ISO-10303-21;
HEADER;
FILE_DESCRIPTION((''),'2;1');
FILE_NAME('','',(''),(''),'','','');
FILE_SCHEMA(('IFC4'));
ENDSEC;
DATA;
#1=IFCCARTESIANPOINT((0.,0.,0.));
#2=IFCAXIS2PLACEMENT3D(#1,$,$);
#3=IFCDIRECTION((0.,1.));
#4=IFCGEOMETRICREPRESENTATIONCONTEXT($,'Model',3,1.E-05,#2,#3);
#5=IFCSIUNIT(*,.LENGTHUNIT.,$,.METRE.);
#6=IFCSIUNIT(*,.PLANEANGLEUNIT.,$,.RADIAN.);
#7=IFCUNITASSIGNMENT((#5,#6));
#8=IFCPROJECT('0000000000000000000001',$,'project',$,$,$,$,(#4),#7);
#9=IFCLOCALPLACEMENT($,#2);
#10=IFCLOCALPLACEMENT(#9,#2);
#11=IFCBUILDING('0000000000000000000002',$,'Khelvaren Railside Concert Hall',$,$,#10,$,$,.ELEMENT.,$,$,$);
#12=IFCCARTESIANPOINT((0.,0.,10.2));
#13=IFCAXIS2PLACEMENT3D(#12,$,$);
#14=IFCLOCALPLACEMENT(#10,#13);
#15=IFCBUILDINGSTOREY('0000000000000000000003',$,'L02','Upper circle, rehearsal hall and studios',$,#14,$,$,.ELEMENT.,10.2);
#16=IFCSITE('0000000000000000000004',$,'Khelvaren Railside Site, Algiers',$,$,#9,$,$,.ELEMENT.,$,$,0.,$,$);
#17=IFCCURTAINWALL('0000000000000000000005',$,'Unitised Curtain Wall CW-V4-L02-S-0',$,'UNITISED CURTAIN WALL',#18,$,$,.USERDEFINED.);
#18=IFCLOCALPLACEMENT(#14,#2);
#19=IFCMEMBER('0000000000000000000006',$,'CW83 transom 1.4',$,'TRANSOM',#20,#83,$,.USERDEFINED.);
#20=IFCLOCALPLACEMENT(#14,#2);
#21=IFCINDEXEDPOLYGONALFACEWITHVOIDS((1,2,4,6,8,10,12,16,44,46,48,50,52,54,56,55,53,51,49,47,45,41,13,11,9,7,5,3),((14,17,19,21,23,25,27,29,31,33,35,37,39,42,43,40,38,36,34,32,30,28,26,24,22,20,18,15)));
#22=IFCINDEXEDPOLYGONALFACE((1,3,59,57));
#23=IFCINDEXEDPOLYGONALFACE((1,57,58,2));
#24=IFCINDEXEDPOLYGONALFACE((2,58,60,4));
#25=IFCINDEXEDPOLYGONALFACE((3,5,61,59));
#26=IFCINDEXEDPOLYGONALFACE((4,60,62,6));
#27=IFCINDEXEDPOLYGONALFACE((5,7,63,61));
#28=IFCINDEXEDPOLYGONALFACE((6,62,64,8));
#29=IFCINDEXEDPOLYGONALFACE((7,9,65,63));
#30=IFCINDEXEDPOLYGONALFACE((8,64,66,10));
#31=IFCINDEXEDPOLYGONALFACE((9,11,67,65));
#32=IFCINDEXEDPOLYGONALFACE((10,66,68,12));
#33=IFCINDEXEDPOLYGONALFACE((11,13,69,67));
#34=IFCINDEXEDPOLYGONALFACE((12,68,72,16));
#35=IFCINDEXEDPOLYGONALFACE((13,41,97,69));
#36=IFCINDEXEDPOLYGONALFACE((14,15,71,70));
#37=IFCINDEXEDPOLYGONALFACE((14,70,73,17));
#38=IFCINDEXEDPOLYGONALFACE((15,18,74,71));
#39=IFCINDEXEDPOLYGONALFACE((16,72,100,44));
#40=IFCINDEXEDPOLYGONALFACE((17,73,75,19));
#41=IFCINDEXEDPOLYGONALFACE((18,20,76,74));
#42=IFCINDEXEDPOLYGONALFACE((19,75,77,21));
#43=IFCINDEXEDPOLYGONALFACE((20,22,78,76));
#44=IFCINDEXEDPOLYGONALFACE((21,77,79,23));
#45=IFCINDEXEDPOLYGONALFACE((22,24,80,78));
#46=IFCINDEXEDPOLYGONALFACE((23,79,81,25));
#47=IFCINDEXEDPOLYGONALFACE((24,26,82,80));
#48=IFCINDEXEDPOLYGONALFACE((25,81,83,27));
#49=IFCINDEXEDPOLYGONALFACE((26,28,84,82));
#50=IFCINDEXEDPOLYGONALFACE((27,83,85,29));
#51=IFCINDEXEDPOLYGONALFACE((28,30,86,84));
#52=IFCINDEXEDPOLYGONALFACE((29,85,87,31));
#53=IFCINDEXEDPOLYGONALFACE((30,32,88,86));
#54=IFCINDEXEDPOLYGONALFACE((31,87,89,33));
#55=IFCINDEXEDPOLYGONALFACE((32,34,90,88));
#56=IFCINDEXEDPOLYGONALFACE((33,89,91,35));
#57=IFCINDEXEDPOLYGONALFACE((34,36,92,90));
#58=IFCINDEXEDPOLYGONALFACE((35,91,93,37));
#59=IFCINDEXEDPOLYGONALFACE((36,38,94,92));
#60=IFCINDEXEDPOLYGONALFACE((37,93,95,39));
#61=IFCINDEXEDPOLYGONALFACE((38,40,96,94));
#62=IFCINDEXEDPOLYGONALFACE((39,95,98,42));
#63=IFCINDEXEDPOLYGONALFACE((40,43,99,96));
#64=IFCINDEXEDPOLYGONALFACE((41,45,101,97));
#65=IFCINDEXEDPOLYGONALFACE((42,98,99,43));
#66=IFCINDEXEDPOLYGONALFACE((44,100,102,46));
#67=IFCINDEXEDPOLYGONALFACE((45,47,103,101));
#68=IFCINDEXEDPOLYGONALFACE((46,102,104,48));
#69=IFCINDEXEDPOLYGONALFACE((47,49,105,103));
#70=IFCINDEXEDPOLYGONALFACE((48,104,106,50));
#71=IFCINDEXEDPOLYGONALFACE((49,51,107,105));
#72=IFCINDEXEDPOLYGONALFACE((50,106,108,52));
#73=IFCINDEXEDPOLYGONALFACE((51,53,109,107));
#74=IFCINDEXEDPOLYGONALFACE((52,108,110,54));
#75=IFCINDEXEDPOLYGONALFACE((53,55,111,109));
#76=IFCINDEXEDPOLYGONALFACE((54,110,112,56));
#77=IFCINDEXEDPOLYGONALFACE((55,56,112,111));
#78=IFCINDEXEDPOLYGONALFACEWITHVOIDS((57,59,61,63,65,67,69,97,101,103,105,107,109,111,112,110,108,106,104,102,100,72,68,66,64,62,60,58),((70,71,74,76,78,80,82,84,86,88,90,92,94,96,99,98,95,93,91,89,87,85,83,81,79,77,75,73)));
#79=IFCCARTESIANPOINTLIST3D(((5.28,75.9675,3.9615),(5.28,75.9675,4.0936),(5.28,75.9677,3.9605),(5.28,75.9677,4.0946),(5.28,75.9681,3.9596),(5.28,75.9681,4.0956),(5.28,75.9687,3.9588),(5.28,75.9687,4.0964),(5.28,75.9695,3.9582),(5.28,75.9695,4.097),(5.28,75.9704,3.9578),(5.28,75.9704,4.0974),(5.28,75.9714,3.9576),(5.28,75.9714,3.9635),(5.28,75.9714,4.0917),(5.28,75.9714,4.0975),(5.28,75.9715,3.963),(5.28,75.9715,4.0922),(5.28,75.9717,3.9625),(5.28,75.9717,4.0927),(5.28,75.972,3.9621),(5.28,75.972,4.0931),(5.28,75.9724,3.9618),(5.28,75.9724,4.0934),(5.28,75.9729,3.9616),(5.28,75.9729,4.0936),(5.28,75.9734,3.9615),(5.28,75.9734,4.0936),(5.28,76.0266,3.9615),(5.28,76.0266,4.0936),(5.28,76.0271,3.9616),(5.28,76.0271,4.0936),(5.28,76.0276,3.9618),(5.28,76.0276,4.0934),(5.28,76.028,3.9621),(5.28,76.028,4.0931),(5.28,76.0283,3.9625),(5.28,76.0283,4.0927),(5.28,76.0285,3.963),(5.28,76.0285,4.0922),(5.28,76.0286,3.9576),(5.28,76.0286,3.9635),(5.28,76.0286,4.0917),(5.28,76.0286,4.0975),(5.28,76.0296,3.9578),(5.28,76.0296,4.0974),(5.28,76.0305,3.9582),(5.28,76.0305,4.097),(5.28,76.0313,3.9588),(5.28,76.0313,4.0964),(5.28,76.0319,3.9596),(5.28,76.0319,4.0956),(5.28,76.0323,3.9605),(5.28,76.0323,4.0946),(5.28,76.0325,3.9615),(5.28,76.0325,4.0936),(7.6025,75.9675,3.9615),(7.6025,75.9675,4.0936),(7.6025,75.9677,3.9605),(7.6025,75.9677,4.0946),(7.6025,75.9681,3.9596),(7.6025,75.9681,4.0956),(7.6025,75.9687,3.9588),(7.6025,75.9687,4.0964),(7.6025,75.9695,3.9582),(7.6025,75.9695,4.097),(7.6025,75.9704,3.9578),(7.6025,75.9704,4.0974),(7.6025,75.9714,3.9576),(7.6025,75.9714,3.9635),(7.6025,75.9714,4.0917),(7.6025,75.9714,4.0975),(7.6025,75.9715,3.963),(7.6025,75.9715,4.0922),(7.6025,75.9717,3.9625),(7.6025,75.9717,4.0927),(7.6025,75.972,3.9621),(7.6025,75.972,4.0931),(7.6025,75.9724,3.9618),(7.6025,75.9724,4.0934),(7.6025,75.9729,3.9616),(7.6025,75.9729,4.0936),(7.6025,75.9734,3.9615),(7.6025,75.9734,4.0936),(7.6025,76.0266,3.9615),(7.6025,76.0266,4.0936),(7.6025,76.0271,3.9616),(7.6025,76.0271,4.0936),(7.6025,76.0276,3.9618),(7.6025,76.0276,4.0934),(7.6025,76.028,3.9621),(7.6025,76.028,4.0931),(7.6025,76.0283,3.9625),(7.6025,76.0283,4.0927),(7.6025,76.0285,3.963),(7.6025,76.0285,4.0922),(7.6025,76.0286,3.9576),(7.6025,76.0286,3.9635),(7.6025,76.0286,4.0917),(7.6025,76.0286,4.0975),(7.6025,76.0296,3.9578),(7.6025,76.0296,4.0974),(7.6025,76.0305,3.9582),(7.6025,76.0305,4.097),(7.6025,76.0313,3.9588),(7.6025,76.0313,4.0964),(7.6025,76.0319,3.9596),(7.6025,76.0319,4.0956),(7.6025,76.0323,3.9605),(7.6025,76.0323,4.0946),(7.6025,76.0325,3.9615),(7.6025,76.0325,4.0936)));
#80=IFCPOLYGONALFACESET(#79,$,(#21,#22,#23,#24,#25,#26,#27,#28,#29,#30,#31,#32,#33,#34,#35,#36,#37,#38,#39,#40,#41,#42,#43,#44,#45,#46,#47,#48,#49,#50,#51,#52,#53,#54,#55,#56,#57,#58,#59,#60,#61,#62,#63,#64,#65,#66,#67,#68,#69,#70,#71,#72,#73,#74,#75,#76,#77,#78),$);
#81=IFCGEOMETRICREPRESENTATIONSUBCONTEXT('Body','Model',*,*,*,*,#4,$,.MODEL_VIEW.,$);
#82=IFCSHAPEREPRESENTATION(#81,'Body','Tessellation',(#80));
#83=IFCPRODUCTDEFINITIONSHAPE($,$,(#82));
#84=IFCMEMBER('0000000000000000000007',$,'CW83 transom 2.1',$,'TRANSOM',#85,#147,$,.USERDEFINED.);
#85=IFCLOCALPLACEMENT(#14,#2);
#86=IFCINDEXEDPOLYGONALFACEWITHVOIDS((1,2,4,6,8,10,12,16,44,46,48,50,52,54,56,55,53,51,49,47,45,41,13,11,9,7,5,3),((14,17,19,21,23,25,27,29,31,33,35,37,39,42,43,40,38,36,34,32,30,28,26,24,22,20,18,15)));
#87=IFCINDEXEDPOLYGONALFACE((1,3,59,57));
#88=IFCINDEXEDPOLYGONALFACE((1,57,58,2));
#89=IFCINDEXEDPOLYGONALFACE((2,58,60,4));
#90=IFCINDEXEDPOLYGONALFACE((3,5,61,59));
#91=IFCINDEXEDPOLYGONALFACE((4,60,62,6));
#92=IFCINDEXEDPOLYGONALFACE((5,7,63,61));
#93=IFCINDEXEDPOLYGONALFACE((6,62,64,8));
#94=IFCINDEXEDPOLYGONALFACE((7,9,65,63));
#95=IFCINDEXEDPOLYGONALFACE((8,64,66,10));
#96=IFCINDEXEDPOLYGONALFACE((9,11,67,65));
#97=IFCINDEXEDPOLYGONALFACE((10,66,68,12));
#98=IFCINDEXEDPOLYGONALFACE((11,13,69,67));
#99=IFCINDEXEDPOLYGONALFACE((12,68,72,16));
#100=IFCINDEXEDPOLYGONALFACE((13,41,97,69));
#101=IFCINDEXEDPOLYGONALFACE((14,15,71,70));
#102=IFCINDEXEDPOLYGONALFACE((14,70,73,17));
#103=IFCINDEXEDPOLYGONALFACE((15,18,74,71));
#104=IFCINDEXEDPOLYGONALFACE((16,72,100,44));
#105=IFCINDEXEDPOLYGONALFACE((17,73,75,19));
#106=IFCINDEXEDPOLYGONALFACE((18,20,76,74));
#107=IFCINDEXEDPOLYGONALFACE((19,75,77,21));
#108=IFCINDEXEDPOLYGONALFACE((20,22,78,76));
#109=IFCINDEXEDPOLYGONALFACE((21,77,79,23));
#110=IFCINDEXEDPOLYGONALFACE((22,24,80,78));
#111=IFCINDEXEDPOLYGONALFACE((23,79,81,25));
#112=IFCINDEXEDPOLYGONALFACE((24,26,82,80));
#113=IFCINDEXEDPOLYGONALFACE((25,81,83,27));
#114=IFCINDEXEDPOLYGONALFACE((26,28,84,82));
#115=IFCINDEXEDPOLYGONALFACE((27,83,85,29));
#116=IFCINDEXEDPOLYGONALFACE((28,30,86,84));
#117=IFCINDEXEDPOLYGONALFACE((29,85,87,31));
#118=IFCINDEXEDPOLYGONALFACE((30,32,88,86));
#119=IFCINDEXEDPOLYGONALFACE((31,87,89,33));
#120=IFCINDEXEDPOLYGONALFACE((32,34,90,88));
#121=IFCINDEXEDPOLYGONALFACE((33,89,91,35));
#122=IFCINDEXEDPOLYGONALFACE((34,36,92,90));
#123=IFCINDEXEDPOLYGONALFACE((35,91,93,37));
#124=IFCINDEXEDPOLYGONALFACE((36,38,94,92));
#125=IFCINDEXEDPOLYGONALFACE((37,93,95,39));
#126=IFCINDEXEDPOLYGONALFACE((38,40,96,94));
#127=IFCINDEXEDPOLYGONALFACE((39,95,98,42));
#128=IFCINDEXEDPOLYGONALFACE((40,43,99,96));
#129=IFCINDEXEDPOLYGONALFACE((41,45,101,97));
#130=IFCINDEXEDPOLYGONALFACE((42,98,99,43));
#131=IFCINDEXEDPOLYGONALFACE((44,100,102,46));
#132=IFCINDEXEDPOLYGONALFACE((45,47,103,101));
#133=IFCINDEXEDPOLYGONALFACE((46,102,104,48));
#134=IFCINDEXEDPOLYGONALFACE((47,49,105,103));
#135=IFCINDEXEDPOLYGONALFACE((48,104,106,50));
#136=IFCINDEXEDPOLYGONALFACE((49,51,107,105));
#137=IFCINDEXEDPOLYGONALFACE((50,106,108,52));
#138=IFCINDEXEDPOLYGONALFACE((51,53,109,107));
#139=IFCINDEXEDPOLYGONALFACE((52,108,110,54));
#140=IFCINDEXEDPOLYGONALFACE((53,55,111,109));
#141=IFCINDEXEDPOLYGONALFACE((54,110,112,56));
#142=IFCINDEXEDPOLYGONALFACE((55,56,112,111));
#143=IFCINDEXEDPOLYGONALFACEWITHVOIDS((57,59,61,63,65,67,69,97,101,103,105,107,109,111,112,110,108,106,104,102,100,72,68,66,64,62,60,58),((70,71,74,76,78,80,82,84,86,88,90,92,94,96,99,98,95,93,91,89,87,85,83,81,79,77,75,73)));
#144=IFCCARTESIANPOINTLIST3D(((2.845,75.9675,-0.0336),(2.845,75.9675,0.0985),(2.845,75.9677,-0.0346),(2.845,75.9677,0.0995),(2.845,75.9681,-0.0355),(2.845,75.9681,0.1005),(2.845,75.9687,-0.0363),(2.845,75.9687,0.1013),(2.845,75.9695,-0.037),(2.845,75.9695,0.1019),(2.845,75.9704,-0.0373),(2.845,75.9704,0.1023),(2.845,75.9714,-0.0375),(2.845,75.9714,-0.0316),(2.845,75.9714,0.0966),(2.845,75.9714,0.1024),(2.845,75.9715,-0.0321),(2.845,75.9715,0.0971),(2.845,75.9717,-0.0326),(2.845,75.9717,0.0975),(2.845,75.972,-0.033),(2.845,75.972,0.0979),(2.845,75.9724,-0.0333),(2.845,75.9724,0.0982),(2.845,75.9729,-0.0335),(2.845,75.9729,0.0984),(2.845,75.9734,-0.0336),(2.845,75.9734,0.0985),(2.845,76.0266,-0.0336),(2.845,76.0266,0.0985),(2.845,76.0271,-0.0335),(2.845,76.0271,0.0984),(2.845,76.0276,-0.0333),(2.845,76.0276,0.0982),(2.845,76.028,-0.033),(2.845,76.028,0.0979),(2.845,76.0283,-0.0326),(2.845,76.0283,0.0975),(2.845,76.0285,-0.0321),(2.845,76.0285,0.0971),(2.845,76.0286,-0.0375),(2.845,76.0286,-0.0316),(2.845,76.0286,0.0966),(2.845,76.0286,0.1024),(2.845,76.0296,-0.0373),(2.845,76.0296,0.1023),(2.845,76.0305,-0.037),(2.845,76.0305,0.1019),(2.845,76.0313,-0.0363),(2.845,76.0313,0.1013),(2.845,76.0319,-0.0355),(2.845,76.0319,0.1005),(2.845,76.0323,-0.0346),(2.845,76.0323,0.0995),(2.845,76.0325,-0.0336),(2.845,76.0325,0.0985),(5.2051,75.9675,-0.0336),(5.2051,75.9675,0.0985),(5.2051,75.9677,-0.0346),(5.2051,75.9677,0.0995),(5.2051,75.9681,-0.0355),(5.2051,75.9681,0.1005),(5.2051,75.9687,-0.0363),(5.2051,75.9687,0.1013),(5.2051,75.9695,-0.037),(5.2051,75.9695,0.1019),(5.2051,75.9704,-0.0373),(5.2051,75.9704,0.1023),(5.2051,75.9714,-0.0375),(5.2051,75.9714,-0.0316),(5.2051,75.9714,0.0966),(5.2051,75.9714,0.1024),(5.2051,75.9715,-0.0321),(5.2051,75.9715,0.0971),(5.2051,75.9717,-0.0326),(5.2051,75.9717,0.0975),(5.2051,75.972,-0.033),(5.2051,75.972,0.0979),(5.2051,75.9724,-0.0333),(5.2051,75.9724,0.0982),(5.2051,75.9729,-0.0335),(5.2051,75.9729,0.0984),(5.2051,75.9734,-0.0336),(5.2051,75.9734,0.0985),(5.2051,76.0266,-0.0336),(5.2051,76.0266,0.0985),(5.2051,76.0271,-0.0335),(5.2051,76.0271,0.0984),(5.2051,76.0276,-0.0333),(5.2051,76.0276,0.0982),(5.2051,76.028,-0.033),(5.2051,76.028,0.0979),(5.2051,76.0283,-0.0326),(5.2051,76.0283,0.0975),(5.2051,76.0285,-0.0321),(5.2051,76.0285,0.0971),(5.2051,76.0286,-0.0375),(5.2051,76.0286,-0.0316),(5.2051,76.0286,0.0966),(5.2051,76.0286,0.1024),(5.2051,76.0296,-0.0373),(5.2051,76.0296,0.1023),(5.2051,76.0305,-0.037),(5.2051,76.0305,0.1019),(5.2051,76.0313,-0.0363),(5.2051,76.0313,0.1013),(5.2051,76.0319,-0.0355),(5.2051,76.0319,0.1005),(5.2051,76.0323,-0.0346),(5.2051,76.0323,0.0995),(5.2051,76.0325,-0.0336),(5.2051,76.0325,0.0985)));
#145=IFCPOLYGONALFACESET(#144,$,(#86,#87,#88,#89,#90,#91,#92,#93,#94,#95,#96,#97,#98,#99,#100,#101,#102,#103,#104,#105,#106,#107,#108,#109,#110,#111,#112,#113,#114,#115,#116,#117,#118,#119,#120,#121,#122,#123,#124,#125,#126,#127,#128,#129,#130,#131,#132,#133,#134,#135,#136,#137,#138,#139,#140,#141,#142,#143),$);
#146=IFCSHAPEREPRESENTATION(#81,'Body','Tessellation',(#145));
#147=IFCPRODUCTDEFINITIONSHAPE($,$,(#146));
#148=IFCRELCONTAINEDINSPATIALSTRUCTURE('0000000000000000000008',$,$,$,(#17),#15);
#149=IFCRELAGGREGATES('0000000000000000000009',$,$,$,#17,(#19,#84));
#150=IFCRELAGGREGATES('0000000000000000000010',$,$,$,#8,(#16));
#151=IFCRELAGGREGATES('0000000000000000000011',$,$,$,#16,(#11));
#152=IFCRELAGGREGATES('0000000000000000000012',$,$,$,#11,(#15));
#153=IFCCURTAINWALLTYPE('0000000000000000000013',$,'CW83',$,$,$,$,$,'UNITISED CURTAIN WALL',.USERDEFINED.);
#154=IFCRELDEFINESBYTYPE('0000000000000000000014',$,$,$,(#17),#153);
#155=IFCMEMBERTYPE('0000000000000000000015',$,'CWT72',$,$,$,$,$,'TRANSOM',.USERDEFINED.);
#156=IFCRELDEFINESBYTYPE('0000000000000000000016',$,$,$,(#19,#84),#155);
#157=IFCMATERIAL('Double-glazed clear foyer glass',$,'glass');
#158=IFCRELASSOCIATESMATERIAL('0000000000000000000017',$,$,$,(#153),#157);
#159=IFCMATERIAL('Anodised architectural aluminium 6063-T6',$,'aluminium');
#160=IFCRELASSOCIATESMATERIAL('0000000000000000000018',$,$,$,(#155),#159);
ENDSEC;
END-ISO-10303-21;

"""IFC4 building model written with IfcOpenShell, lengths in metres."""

from ifc_helpers import new_model, si_unit, direction, frame, origin, origin_2d, place, context, subcontext, project, spatial, hollow_rectangle, extrude, material, material_profile, profile_set, type_object, element, aggregate, save


model = new_model("IFC4")

# Units and contexts
model_context = context("Model", 3, precision=1e-05, world=origin(), true_north=direction((0.0, 1.0)))
body_context = subcontext(model_context, "Body", "Model", "MODEL_VIEW")
ifc_project = project(units=[si_unit("LENGTHUNIT", "METRE"), si_unit("PLANEANGLEUNIT", "RADIAN")], contexts=[model_context])

# Site, building, storey
site_placement = place(None, origin())
site = spatial("IfcSite", under=ifc_project, at=site_placement, Name="Khelvaren Railside Site, Algiers", CompositionType="ELEMENT", RefElevation=0.0)
building_placement = place(site_placement, origin())
building = spatial("IfcBuilding", under=site, at=building_placement, Name="Khelvaren Railside Concert Hall", CompositionType="ELEMENT")
storey_placement = place(building_placement, frame((0.0, 0.0, 10.2)))
storey = spatial("IfcBuildingStorey", under=building, at=storey_placement, Name="L02", Description="Upper circle, rehearsal hall and studios", CompositionType="ELEMENT", Elevation=10.2)

# Curtain wall, members
ifc_material_1 = material(Name="Double-glazed clear foyer glass", Category="glass")
curtain_wall_type = type_object("IfcCurtainWallType", Name="CW83", ElementType="UNITISED CURTAIN WALL", PredefinedType="USERDEFINED", material=ifc_material_1)
curtain_wall_placement = place(storey_placement, origin())
curtain_wall = element("IfcCurtainWall", 1, at=curtain_wall_placement, inside=storey, type_object=curtain_wall_type, Name="Unitised Curtain Wall CW-V4-L02-S-0", ObjectType="UNITISED CURTAIN WALL", PredefinedType="USERDEFINED")
ifc_material_2 = material(Name="Anodised architectural aluminium 6063-T6", Category="aluminium")
ifc_material_profile_1 = material_profile(ifc_material_2, hollow_rectangle(XDim=0.0649, YDim=0.1399, WallThickness=0.0039, InnerFilletRadius=0.002, OuterFilletRadius=0.0039, at=origin_2d()), Name="CWT 65x140x4")
ifc_profile_set_1 = profile_set([ifc_material_profile_1], Name="Anodised architectural aluminium 6063-T6")
member_type_1 = type_object("IfcMemberType", Name="CWT72", ElementType="TRANSOM", PredefinedType="USERDEFINED", material=ifc_profile_set_1)
member_1_placement = place(storey_placement, frame((7.6025, 76.0, 4.0276), z_axis=(-1.0, 0.0, 0.0), x_axis=(0.0, -1.0, 0.0)))
member_1 = element("IfcMember", 2, at=member_1_placement, type_object=member_type_1, Name="CW83 transom 1.4", ObjectType="TRANSOM", PredefinedType="USERDEFINED", context=body_context, shape_type="SweptSolid", body=[
    extrude(hollow_rectangle(XDim=0.0649, YDim=0.1399, WallThickness=0.0039, InnerFilletRadius=0.002, OuterFilletRadius=0.0039, at=origin_2d()), origin(), (0.0, 0.0, 1.0), 2.3225),
])
member_2_placement = place(storey_placement, frame((5.2051, 76.0, 0.0325), z_axis=(-1.0, 0.0, 0.0), x_axis=(0.0, -1.0, 0.0)))
member_2 = element("IfcMember", 3, at=member_2_placement, type_object=member_type_1, Name="CW83 transom 2.1", ObjectType="TRANSOM", PredefinedType="USERDEFINED", context=body_context, shape_type="SweptSolid", body=[
    extrude(hollow_rectangle(XDim=0.0649, YDim=0.1399, WallThickness=0.0039, InnerFilletRadius=0.002, OuterFilletRadius=0.0039, at=origin_2d()), origin(), (0.0, 0.0, 1.0), 2.3601),
])
aggregate(curtain_wall, [member_1, member_2])

save(model, "model.ifc")
